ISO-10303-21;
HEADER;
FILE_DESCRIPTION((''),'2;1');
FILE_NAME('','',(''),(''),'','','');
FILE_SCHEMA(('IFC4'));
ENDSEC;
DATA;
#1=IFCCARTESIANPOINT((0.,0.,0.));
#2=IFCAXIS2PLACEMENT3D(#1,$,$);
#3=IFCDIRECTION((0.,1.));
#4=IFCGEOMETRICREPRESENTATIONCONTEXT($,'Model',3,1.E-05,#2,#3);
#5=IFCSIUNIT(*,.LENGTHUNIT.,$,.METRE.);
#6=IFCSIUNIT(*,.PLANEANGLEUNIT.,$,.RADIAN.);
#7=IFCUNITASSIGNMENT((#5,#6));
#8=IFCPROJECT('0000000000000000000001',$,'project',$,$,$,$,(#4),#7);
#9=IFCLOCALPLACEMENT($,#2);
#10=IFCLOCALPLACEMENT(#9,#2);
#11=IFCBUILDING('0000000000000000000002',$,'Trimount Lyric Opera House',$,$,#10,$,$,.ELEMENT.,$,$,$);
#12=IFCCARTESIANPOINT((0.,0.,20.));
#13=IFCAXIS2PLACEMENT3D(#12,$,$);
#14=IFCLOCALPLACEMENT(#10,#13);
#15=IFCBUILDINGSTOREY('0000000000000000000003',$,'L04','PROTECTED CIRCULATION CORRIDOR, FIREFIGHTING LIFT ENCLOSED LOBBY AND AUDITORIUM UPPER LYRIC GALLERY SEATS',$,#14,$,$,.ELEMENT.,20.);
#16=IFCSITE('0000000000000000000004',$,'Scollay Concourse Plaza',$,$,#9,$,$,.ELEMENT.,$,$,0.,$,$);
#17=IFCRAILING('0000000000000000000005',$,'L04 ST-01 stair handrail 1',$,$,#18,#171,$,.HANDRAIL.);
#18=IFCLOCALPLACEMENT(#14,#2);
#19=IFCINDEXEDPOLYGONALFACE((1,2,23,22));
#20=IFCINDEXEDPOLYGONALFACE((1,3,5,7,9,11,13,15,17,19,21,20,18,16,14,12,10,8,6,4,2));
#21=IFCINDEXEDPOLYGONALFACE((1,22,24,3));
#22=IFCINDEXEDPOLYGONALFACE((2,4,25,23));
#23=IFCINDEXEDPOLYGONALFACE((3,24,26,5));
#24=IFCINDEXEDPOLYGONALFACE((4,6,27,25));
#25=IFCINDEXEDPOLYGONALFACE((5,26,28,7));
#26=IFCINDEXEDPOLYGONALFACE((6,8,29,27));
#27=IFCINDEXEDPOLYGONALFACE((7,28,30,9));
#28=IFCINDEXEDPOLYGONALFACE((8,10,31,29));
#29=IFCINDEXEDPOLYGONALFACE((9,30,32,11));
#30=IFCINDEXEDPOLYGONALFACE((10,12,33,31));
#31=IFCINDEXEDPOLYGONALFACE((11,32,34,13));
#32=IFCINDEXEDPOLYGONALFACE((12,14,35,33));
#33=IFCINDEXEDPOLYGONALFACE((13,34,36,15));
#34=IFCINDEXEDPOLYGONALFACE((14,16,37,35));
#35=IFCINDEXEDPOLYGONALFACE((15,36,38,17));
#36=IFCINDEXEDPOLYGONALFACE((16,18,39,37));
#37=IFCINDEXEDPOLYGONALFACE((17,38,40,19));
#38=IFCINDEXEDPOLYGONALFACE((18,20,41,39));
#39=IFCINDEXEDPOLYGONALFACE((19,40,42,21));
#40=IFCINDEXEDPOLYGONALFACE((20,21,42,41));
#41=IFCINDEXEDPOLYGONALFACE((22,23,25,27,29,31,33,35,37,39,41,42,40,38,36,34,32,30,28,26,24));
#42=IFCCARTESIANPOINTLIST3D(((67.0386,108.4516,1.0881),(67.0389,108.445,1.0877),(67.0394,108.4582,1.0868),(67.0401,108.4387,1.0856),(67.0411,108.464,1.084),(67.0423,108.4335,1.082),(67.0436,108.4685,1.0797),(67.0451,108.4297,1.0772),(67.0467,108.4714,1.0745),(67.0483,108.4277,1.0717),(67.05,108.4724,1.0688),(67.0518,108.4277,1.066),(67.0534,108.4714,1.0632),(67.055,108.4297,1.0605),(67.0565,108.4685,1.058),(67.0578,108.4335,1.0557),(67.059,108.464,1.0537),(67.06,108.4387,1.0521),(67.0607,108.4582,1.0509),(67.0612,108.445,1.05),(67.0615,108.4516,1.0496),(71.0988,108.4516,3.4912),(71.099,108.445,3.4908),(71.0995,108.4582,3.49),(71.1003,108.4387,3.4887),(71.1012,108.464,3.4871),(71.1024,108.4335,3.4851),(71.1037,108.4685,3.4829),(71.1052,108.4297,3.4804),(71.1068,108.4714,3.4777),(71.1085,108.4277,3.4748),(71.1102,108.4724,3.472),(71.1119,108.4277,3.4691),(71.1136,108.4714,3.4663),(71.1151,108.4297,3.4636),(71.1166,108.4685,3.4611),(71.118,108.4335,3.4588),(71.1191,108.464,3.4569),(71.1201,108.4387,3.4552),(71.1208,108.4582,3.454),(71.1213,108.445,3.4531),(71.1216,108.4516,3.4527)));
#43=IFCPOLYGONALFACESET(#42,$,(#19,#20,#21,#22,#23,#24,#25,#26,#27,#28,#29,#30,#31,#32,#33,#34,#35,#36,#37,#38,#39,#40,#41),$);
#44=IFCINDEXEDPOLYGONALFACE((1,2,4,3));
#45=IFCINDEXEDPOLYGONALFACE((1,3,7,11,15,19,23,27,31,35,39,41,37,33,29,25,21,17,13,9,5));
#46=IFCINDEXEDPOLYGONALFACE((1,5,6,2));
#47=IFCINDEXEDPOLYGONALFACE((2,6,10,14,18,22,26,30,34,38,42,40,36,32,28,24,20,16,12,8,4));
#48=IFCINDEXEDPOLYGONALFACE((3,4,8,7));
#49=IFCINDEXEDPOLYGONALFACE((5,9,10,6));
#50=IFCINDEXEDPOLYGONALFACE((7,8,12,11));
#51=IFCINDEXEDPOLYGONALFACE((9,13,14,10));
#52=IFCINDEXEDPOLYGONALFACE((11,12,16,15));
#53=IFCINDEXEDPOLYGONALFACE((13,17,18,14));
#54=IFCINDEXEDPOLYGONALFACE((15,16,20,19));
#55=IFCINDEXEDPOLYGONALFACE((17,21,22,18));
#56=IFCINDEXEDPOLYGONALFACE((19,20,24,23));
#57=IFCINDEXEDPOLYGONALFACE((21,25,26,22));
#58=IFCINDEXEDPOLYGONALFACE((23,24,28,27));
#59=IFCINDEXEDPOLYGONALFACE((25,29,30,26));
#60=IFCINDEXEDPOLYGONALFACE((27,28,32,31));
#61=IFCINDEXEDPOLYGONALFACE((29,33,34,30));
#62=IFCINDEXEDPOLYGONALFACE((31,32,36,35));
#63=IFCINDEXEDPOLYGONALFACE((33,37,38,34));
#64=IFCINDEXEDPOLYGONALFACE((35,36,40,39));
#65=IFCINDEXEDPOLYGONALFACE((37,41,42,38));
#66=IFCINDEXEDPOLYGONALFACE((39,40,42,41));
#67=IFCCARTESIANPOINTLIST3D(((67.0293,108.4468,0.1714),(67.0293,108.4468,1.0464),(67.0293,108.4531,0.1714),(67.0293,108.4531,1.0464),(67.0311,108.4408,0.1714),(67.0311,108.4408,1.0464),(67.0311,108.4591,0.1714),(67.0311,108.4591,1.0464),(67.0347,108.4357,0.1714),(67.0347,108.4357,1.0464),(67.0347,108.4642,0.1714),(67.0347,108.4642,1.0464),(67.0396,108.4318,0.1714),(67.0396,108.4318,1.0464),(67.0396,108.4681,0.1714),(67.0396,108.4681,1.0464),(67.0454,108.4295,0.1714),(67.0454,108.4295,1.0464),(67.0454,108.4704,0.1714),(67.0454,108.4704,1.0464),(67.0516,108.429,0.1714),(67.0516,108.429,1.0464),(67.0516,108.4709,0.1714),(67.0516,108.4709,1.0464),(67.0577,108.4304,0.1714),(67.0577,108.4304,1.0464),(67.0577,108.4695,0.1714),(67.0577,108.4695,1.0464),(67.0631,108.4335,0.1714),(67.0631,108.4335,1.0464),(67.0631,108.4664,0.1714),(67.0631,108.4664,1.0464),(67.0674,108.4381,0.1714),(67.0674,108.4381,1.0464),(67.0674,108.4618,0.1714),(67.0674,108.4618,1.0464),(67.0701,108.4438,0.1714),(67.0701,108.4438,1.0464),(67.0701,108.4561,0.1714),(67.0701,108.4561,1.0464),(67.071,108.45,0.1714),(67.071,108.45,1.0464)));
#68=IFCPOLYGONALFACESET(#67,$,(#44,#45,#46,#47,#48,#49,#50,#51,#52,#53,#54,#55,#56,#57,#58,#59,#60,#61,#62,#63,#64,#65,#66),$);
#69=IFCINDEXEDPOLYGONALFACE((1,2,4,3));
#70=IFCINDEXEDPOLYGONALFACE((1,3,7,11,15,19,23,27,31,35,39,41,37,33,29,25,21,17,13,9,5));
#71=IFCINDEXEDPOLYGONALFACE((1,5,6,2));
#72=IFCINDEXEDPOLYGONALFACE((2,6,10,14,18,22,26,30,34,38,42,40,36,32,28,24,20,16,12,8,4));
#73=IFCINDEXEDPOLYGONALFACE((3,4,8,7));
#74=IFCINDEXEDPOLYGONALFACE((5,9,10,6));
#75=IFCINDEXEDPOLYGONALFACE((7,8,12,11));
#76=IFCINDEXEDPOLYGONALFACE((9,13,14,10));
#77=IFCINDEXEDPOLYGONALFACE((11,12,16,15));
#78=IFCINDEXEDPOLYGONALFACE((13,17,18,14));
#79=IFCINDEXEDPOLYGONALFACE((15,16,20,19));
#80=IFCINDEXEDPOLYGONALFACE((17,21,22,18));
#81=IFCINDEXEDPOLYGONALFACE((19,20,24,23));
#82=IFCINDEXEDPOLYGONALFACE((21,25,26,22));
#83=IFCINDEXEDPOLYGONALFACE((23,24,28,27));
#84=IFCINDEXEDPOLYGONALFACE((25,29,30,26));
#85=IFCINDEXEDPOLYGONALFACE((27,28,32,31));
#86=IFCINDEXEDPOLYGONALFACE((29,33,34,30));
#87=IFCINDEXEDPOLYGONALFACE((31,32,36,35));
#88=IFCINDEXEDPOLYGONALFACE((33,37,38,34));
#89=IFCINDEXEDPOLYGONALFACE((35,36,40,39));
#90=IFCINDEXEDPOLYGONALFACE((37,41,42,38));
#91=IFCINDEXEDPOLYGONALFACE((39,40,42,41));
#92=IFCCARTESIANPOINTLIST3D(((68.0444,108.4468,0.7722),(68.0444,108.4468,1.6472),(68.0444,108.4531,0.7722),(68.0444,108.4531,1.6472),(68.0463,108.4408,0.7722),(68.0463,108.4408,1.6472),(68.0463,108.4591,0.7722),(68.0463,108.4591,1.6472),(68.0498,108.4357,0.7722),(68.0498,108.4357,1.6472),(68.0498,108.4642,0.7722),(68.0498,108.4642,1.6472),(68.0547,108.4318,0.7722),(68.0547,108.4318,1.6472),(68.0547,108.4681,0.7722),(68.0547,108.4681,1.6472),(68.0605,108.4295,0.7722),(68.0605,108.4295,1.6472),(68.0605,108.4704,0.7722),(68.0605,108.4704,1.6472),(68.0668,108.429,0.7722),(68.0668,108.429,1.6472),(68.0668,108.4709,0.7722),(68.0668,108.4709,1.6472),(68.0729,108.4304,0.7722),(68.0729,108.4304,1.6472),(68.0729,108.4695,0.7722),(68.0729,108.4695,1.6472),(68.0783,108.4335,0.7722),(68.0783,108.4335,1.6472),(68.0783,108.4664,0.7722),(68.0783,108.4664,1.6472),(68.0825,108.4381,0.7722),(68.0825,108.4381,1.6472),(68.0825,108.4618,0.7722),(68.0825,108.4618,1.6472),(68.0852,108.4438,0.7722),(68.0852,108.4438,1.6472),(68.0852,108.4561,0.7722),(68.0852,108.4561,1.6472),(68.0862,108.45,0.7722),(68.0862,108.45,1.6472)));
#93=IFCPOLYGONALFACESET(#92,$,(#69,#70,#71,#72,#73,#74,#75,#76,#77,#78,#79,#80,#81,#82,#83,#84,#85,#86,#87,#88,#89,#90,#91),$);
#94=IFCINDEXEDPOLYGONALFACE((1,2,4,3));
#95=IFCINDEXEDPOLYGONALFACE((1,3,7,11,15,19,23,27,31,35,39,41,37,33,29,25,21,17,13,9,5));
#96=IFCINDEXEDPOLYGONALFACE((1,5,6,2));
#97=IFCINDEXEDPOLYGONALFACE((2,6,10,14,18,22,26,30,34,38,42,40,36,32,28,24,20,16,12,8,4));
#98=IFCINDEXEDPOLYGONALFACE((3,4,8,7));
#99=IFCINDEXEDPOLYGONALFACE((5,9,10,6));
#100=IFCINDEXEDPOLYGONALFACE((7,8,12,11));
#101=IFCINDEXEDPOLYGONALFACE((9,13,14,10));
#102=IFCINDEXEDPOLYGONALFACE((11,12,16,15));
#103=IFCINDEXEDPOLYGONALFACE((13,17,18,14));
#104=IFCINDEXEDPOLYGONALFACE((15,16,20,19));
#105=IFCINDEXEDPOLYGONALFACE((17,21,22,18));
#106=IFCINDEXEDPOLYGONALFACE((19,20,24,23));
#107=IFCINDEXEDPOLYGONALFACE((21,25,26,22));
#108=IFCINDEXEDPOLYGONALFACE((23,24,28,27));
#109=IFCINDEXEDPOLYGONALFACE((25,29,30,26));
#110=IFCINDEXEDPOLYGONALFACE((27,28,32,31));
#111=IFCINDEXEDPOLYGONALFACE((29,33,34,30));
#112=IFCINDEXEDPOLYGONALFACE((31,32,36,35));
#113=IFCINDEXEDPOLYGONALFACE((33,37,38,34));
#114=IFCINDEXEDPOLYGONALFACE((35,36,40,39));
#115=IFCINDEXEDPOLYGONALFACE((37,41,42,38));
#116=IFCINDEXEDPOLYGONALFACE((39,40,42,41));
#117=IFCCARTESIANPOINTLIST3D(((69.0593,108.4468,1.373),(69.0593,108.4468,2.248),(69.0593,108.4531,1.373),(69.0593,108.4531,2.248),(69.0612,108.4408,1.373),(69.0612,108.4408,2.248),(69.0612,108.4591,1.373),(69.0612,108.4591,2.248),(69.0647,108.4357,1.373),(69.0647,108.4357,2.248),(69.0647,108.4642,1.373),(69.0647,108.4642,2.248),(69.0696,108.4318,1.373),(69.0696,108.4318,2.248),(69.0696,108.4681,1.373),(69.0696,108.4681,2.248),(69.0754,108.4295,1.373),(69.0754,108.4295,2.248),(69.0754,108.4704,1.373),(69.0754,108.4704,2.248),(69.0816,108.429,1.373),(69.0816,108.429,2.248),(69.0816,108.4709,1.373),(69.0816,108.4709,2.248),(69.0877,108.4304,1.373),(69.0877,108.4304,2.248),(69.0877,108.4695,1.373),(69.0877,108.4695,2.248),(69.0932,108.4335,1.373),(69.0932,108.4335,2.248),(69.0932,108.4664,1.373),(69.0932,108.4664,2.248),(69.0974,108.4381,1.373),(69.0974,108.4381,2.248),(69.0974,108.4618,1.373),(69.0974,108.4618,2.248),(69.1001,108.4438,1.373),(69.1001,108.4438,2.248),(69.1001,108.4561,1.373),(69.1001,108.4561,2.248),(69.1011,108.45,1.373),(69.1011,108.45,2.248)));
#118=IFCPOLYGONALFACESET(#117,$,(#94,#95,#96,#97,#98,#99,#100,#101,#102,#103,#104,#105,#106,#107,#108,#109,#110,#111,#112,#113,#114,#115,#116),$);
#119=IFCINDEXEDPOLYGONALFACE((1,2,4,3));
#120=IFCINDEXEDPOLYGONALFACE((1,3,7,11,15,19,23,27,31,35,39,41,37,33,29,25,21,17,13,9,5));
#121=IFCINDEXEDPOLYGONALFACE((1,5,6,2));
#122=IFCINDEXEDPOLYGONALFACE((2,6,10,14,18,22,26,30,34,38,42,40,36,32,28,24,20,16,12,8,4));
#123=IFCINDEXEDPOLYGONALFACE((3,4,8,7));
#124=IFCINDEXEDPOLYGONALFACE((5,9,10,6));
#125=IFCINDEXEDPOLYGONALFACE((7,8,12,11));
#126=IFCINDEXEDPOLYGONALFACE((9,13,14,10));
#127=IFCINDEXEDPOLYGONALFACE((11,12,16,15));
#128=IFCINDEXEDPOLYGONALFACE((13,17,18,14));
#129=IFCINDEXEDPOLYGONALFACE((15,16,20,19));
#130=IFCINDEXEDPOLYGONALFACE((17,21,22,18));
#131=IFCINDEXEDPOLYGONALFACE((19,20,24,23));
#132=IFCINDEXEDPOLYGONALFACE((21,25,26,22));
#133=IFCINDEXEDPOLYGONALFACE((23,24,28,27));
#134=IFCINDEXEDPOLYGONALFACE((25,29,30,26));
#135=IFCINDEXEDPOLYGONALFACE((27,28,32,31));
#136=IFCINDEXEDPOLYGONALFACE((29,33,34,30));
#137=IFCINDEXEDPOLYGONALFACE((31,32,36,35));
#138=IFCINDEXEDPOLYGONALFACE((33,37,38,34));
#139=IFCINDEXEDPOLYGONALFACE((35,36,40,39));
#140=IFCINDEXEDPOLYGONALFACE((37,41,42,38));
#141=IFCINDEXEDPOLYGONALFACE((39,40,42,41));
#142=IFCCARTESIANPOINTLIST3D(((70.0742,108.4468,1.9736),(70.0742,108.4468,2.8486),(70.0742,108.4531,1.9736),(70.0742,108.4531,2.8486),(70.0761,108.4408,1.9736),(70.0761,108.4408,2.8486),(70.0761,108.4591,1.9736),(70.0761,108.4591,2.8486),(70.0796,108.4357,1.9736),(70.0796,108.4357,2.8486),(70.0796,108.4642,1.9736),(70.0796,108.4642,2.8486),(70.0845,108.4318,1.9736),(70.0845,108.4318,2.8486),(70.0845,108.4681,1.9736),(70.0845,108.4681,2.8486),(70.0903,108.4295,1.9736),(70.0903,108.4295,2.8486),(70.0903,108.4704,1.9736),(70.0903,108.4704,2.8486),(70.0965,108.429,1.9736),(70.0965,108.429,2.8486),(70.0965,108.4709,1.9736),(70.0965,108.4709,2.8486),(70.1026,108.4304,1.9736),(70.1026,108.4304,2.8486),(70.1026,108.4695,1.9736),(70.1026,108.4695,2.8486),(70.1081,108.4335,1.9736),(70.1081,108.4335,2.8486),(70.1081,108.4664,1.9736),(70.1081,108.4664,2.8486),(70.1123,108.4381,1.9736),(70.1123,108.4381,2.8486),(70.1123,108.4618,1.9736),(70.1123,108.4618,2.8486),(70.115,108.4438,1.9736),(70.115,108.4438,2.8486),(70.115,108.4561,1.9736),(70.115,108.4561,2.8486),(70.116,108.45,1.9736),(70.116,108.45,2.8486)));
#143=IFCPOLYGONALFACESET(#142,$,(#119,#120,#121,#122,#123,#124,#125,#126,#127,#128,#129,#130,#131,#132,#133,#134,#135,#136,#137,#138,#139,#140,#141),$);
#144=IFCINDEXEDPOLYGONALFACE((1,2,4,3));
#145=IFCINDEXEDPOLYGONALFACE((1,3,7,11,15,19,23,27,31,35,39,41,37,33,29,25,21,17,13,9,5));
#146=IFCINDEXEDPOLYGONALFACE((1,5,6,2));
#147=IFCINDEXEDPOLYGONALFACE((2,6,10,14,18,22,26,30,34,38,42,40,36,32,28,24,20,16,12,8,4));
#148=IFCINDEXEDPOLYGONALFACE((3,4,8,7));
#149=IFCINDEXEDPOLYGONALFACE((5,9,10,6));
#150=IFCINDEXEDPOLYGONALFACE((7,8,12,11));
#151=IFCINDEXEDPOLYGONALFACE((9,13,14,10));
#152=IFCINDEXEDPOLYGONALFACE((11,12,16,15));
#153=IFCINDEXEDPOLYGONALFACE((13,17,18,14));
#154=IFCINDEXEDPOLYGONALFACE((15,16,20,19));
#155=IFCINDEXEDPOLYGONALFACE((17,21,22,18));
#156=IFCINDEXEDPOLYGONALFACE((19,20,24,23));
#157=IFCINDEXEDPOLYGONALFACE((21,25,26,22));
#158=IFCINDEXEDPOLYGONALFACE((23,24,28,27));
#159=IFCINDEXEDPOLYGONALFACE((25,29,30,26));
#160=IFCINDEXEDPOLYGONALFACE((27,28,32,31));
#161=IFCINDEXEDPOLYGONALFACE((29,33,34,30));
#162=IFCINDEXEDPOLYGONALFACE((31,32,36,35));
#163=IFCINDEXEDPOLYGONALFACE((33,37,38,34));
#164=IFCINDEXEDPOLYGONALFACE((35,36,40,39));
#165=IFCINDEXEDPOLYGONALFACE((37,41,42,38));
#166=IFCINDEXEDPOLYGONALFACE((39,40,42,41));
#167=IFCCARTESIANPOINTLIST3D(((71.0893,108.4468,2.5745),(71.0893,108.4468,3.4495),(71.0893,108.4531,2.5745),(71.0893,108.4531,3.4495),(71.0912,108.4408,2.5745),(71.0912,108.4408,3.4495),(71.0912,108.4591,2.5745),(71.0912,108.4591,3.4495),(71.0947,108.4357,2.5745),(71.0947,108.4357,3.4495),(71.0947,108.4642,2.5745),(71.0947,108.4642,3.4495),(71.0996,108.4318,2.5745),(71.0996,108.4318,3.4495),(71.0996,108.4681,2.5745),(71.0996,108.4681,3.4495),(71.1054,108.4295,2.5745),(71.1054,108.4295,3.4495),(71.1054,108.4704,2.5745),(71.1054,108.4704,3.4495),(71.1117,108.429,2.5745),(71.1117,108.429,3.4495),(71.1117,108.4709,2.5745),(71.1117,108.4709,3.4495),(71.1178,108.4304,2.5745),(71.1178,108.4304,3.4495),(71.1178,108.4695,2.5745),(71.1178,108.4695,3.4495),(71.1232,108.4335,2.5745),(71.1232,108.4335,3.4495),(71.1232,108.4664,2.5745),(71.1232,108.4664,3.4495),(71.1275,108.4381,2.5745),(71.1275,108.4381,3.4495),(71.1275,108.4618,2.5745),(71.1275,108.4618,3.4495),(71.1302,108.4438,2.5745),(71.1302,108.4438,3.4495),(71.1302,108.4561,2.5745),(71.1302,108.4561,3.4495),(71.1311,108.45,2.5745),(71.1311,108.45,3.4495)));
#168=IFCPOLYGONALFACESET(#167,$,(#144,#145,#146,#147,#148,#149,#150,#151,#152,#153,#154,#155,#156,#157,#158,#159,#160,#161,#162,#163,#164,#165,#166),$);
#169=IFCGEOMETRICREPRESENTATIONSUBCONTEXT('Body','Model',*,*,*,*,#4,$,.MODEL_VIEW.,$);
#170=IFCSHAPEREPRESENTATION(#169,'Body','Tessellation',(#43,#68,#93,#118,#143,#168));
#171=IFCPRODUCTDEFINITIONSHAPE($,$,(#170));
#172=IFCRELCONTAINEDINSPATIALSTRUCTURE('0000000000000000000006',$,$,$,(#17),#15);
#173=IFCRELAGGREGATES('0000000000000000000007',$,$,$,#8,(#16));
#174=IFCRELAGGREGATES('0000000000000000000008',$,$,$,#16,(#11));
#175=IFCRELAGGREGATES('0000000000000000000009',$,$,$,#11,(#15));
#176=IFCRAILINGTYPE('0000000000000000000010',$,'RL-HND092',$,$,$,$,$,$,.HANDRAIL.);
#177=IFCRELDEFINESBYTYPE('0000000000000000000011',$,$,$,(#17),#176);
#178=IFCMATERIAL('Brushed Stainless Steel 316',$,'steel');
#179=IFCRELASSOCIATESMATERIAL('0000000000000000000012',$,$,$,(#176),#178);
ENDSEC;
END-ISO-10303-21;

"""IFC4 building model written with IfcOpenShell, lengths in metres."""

from ifc_helpers import new_model, si_unit, direction, frame, origin, origin_2d, place, context, subcontext, project, spatial, circle, extrude, material, type_object, element, save


model = new_model("IFC4")

# Units and contexts
model_context = context("Model", 3, precision=1e-05, world=origin(), true_north=direction((0.0, 1.0)))
body_context = subcontext(model_context, "Body", "Model", "MODEL_VIEW")
ifc_project = project(units=[si_unit("LENGTHUNIT", "METRE"), si_unit("PLANEANGLEUNIT", "RADIAN")], contexts=[model_context])

# Site, building, storey
site_placement = place(None, origin())
site = spatial("IfcSite", under=ifc_project, at=site_placement, Name="Scollay Concourse Plaza", CompositionType="ELEMENT", RefElevation=0.0)
building_placement = place(site_placement, origin())
building = spatial("IfcBuilding", under=site, at=building_placement, Name="Trimount Lyric Opera House", CompositionType="ELEMENT")
storey_placement = place(building_placement, frame((0.0, 0.0, 20.0)))
storey = spatial("IfcBuildingStorey", under=building, at=storey_placement, Name="L04", Description="PROTECTED CIRCULATION CORRIDOR, FIREFIGHTING LIFT ENCLOSED LOBBY AND AUDITORIUM UPPER LYRIC GALLERY SEATS", CompositionType="ELEMENT", Elevation=20.0)

# Railing
ifc_material_1 = material(Name="Brushed Stainless Steel 316", Category="steel")
railing_type_1 = type_object("IfcRailingType", Name="RL-HND092", PredefinedType="HANDRAIL", material=ifc_material_1)
railing_1_placement = place(storey_placement, frame((67.05, 108.45, 0.1714)))
element("IfcRailing", 1, at=railing_1_placement, inside=storey, type_object=railing_type_1, Name="L04 ST-01 stair handrail 1", PredefinedType="HANDRAIL", context=body_context, shape_type="SweptSolid", body=[
    extrude(circle(Radius=0.0225, at=origin_2d()), frame((0.0, 0.0, 0.8975), z_axis=(0.86056, 0.0, 0.50935), x_axis=(0.0, 1.0, 0.0)), (0.0, 0.0, 1.0), 4.718),
    extrude(circle(Radius=0.021, at=origin_2d()), origin(), (0.0, 0.0, 1.0), 0.875),
    extrude(circle(Radius=0.021, at=origin_2d()), frame((1.0151, 0.0, 0.6008)), (0.0, 0.0, 1.0), 0.875),
    extrude(circle(Radius=0.021, at=origin_2d()), frame((2.03, 0.0, 1.2017)), (0.0, 0.0, 1.0), 0.875),
    extrude(circle(Radius=0.021, at=origin_2d()), frame((3.0449, 0.0, 1.8022)), (0.0, 0.0, 1.0), 0.875),
    extrude(circle(Radius=0.021, at=origin_2d()), frame((4.0601, 0.0, 2.4031)), (0.0, 0.0, 1.0), 0.875),
])

save(model, "model.ifc")
